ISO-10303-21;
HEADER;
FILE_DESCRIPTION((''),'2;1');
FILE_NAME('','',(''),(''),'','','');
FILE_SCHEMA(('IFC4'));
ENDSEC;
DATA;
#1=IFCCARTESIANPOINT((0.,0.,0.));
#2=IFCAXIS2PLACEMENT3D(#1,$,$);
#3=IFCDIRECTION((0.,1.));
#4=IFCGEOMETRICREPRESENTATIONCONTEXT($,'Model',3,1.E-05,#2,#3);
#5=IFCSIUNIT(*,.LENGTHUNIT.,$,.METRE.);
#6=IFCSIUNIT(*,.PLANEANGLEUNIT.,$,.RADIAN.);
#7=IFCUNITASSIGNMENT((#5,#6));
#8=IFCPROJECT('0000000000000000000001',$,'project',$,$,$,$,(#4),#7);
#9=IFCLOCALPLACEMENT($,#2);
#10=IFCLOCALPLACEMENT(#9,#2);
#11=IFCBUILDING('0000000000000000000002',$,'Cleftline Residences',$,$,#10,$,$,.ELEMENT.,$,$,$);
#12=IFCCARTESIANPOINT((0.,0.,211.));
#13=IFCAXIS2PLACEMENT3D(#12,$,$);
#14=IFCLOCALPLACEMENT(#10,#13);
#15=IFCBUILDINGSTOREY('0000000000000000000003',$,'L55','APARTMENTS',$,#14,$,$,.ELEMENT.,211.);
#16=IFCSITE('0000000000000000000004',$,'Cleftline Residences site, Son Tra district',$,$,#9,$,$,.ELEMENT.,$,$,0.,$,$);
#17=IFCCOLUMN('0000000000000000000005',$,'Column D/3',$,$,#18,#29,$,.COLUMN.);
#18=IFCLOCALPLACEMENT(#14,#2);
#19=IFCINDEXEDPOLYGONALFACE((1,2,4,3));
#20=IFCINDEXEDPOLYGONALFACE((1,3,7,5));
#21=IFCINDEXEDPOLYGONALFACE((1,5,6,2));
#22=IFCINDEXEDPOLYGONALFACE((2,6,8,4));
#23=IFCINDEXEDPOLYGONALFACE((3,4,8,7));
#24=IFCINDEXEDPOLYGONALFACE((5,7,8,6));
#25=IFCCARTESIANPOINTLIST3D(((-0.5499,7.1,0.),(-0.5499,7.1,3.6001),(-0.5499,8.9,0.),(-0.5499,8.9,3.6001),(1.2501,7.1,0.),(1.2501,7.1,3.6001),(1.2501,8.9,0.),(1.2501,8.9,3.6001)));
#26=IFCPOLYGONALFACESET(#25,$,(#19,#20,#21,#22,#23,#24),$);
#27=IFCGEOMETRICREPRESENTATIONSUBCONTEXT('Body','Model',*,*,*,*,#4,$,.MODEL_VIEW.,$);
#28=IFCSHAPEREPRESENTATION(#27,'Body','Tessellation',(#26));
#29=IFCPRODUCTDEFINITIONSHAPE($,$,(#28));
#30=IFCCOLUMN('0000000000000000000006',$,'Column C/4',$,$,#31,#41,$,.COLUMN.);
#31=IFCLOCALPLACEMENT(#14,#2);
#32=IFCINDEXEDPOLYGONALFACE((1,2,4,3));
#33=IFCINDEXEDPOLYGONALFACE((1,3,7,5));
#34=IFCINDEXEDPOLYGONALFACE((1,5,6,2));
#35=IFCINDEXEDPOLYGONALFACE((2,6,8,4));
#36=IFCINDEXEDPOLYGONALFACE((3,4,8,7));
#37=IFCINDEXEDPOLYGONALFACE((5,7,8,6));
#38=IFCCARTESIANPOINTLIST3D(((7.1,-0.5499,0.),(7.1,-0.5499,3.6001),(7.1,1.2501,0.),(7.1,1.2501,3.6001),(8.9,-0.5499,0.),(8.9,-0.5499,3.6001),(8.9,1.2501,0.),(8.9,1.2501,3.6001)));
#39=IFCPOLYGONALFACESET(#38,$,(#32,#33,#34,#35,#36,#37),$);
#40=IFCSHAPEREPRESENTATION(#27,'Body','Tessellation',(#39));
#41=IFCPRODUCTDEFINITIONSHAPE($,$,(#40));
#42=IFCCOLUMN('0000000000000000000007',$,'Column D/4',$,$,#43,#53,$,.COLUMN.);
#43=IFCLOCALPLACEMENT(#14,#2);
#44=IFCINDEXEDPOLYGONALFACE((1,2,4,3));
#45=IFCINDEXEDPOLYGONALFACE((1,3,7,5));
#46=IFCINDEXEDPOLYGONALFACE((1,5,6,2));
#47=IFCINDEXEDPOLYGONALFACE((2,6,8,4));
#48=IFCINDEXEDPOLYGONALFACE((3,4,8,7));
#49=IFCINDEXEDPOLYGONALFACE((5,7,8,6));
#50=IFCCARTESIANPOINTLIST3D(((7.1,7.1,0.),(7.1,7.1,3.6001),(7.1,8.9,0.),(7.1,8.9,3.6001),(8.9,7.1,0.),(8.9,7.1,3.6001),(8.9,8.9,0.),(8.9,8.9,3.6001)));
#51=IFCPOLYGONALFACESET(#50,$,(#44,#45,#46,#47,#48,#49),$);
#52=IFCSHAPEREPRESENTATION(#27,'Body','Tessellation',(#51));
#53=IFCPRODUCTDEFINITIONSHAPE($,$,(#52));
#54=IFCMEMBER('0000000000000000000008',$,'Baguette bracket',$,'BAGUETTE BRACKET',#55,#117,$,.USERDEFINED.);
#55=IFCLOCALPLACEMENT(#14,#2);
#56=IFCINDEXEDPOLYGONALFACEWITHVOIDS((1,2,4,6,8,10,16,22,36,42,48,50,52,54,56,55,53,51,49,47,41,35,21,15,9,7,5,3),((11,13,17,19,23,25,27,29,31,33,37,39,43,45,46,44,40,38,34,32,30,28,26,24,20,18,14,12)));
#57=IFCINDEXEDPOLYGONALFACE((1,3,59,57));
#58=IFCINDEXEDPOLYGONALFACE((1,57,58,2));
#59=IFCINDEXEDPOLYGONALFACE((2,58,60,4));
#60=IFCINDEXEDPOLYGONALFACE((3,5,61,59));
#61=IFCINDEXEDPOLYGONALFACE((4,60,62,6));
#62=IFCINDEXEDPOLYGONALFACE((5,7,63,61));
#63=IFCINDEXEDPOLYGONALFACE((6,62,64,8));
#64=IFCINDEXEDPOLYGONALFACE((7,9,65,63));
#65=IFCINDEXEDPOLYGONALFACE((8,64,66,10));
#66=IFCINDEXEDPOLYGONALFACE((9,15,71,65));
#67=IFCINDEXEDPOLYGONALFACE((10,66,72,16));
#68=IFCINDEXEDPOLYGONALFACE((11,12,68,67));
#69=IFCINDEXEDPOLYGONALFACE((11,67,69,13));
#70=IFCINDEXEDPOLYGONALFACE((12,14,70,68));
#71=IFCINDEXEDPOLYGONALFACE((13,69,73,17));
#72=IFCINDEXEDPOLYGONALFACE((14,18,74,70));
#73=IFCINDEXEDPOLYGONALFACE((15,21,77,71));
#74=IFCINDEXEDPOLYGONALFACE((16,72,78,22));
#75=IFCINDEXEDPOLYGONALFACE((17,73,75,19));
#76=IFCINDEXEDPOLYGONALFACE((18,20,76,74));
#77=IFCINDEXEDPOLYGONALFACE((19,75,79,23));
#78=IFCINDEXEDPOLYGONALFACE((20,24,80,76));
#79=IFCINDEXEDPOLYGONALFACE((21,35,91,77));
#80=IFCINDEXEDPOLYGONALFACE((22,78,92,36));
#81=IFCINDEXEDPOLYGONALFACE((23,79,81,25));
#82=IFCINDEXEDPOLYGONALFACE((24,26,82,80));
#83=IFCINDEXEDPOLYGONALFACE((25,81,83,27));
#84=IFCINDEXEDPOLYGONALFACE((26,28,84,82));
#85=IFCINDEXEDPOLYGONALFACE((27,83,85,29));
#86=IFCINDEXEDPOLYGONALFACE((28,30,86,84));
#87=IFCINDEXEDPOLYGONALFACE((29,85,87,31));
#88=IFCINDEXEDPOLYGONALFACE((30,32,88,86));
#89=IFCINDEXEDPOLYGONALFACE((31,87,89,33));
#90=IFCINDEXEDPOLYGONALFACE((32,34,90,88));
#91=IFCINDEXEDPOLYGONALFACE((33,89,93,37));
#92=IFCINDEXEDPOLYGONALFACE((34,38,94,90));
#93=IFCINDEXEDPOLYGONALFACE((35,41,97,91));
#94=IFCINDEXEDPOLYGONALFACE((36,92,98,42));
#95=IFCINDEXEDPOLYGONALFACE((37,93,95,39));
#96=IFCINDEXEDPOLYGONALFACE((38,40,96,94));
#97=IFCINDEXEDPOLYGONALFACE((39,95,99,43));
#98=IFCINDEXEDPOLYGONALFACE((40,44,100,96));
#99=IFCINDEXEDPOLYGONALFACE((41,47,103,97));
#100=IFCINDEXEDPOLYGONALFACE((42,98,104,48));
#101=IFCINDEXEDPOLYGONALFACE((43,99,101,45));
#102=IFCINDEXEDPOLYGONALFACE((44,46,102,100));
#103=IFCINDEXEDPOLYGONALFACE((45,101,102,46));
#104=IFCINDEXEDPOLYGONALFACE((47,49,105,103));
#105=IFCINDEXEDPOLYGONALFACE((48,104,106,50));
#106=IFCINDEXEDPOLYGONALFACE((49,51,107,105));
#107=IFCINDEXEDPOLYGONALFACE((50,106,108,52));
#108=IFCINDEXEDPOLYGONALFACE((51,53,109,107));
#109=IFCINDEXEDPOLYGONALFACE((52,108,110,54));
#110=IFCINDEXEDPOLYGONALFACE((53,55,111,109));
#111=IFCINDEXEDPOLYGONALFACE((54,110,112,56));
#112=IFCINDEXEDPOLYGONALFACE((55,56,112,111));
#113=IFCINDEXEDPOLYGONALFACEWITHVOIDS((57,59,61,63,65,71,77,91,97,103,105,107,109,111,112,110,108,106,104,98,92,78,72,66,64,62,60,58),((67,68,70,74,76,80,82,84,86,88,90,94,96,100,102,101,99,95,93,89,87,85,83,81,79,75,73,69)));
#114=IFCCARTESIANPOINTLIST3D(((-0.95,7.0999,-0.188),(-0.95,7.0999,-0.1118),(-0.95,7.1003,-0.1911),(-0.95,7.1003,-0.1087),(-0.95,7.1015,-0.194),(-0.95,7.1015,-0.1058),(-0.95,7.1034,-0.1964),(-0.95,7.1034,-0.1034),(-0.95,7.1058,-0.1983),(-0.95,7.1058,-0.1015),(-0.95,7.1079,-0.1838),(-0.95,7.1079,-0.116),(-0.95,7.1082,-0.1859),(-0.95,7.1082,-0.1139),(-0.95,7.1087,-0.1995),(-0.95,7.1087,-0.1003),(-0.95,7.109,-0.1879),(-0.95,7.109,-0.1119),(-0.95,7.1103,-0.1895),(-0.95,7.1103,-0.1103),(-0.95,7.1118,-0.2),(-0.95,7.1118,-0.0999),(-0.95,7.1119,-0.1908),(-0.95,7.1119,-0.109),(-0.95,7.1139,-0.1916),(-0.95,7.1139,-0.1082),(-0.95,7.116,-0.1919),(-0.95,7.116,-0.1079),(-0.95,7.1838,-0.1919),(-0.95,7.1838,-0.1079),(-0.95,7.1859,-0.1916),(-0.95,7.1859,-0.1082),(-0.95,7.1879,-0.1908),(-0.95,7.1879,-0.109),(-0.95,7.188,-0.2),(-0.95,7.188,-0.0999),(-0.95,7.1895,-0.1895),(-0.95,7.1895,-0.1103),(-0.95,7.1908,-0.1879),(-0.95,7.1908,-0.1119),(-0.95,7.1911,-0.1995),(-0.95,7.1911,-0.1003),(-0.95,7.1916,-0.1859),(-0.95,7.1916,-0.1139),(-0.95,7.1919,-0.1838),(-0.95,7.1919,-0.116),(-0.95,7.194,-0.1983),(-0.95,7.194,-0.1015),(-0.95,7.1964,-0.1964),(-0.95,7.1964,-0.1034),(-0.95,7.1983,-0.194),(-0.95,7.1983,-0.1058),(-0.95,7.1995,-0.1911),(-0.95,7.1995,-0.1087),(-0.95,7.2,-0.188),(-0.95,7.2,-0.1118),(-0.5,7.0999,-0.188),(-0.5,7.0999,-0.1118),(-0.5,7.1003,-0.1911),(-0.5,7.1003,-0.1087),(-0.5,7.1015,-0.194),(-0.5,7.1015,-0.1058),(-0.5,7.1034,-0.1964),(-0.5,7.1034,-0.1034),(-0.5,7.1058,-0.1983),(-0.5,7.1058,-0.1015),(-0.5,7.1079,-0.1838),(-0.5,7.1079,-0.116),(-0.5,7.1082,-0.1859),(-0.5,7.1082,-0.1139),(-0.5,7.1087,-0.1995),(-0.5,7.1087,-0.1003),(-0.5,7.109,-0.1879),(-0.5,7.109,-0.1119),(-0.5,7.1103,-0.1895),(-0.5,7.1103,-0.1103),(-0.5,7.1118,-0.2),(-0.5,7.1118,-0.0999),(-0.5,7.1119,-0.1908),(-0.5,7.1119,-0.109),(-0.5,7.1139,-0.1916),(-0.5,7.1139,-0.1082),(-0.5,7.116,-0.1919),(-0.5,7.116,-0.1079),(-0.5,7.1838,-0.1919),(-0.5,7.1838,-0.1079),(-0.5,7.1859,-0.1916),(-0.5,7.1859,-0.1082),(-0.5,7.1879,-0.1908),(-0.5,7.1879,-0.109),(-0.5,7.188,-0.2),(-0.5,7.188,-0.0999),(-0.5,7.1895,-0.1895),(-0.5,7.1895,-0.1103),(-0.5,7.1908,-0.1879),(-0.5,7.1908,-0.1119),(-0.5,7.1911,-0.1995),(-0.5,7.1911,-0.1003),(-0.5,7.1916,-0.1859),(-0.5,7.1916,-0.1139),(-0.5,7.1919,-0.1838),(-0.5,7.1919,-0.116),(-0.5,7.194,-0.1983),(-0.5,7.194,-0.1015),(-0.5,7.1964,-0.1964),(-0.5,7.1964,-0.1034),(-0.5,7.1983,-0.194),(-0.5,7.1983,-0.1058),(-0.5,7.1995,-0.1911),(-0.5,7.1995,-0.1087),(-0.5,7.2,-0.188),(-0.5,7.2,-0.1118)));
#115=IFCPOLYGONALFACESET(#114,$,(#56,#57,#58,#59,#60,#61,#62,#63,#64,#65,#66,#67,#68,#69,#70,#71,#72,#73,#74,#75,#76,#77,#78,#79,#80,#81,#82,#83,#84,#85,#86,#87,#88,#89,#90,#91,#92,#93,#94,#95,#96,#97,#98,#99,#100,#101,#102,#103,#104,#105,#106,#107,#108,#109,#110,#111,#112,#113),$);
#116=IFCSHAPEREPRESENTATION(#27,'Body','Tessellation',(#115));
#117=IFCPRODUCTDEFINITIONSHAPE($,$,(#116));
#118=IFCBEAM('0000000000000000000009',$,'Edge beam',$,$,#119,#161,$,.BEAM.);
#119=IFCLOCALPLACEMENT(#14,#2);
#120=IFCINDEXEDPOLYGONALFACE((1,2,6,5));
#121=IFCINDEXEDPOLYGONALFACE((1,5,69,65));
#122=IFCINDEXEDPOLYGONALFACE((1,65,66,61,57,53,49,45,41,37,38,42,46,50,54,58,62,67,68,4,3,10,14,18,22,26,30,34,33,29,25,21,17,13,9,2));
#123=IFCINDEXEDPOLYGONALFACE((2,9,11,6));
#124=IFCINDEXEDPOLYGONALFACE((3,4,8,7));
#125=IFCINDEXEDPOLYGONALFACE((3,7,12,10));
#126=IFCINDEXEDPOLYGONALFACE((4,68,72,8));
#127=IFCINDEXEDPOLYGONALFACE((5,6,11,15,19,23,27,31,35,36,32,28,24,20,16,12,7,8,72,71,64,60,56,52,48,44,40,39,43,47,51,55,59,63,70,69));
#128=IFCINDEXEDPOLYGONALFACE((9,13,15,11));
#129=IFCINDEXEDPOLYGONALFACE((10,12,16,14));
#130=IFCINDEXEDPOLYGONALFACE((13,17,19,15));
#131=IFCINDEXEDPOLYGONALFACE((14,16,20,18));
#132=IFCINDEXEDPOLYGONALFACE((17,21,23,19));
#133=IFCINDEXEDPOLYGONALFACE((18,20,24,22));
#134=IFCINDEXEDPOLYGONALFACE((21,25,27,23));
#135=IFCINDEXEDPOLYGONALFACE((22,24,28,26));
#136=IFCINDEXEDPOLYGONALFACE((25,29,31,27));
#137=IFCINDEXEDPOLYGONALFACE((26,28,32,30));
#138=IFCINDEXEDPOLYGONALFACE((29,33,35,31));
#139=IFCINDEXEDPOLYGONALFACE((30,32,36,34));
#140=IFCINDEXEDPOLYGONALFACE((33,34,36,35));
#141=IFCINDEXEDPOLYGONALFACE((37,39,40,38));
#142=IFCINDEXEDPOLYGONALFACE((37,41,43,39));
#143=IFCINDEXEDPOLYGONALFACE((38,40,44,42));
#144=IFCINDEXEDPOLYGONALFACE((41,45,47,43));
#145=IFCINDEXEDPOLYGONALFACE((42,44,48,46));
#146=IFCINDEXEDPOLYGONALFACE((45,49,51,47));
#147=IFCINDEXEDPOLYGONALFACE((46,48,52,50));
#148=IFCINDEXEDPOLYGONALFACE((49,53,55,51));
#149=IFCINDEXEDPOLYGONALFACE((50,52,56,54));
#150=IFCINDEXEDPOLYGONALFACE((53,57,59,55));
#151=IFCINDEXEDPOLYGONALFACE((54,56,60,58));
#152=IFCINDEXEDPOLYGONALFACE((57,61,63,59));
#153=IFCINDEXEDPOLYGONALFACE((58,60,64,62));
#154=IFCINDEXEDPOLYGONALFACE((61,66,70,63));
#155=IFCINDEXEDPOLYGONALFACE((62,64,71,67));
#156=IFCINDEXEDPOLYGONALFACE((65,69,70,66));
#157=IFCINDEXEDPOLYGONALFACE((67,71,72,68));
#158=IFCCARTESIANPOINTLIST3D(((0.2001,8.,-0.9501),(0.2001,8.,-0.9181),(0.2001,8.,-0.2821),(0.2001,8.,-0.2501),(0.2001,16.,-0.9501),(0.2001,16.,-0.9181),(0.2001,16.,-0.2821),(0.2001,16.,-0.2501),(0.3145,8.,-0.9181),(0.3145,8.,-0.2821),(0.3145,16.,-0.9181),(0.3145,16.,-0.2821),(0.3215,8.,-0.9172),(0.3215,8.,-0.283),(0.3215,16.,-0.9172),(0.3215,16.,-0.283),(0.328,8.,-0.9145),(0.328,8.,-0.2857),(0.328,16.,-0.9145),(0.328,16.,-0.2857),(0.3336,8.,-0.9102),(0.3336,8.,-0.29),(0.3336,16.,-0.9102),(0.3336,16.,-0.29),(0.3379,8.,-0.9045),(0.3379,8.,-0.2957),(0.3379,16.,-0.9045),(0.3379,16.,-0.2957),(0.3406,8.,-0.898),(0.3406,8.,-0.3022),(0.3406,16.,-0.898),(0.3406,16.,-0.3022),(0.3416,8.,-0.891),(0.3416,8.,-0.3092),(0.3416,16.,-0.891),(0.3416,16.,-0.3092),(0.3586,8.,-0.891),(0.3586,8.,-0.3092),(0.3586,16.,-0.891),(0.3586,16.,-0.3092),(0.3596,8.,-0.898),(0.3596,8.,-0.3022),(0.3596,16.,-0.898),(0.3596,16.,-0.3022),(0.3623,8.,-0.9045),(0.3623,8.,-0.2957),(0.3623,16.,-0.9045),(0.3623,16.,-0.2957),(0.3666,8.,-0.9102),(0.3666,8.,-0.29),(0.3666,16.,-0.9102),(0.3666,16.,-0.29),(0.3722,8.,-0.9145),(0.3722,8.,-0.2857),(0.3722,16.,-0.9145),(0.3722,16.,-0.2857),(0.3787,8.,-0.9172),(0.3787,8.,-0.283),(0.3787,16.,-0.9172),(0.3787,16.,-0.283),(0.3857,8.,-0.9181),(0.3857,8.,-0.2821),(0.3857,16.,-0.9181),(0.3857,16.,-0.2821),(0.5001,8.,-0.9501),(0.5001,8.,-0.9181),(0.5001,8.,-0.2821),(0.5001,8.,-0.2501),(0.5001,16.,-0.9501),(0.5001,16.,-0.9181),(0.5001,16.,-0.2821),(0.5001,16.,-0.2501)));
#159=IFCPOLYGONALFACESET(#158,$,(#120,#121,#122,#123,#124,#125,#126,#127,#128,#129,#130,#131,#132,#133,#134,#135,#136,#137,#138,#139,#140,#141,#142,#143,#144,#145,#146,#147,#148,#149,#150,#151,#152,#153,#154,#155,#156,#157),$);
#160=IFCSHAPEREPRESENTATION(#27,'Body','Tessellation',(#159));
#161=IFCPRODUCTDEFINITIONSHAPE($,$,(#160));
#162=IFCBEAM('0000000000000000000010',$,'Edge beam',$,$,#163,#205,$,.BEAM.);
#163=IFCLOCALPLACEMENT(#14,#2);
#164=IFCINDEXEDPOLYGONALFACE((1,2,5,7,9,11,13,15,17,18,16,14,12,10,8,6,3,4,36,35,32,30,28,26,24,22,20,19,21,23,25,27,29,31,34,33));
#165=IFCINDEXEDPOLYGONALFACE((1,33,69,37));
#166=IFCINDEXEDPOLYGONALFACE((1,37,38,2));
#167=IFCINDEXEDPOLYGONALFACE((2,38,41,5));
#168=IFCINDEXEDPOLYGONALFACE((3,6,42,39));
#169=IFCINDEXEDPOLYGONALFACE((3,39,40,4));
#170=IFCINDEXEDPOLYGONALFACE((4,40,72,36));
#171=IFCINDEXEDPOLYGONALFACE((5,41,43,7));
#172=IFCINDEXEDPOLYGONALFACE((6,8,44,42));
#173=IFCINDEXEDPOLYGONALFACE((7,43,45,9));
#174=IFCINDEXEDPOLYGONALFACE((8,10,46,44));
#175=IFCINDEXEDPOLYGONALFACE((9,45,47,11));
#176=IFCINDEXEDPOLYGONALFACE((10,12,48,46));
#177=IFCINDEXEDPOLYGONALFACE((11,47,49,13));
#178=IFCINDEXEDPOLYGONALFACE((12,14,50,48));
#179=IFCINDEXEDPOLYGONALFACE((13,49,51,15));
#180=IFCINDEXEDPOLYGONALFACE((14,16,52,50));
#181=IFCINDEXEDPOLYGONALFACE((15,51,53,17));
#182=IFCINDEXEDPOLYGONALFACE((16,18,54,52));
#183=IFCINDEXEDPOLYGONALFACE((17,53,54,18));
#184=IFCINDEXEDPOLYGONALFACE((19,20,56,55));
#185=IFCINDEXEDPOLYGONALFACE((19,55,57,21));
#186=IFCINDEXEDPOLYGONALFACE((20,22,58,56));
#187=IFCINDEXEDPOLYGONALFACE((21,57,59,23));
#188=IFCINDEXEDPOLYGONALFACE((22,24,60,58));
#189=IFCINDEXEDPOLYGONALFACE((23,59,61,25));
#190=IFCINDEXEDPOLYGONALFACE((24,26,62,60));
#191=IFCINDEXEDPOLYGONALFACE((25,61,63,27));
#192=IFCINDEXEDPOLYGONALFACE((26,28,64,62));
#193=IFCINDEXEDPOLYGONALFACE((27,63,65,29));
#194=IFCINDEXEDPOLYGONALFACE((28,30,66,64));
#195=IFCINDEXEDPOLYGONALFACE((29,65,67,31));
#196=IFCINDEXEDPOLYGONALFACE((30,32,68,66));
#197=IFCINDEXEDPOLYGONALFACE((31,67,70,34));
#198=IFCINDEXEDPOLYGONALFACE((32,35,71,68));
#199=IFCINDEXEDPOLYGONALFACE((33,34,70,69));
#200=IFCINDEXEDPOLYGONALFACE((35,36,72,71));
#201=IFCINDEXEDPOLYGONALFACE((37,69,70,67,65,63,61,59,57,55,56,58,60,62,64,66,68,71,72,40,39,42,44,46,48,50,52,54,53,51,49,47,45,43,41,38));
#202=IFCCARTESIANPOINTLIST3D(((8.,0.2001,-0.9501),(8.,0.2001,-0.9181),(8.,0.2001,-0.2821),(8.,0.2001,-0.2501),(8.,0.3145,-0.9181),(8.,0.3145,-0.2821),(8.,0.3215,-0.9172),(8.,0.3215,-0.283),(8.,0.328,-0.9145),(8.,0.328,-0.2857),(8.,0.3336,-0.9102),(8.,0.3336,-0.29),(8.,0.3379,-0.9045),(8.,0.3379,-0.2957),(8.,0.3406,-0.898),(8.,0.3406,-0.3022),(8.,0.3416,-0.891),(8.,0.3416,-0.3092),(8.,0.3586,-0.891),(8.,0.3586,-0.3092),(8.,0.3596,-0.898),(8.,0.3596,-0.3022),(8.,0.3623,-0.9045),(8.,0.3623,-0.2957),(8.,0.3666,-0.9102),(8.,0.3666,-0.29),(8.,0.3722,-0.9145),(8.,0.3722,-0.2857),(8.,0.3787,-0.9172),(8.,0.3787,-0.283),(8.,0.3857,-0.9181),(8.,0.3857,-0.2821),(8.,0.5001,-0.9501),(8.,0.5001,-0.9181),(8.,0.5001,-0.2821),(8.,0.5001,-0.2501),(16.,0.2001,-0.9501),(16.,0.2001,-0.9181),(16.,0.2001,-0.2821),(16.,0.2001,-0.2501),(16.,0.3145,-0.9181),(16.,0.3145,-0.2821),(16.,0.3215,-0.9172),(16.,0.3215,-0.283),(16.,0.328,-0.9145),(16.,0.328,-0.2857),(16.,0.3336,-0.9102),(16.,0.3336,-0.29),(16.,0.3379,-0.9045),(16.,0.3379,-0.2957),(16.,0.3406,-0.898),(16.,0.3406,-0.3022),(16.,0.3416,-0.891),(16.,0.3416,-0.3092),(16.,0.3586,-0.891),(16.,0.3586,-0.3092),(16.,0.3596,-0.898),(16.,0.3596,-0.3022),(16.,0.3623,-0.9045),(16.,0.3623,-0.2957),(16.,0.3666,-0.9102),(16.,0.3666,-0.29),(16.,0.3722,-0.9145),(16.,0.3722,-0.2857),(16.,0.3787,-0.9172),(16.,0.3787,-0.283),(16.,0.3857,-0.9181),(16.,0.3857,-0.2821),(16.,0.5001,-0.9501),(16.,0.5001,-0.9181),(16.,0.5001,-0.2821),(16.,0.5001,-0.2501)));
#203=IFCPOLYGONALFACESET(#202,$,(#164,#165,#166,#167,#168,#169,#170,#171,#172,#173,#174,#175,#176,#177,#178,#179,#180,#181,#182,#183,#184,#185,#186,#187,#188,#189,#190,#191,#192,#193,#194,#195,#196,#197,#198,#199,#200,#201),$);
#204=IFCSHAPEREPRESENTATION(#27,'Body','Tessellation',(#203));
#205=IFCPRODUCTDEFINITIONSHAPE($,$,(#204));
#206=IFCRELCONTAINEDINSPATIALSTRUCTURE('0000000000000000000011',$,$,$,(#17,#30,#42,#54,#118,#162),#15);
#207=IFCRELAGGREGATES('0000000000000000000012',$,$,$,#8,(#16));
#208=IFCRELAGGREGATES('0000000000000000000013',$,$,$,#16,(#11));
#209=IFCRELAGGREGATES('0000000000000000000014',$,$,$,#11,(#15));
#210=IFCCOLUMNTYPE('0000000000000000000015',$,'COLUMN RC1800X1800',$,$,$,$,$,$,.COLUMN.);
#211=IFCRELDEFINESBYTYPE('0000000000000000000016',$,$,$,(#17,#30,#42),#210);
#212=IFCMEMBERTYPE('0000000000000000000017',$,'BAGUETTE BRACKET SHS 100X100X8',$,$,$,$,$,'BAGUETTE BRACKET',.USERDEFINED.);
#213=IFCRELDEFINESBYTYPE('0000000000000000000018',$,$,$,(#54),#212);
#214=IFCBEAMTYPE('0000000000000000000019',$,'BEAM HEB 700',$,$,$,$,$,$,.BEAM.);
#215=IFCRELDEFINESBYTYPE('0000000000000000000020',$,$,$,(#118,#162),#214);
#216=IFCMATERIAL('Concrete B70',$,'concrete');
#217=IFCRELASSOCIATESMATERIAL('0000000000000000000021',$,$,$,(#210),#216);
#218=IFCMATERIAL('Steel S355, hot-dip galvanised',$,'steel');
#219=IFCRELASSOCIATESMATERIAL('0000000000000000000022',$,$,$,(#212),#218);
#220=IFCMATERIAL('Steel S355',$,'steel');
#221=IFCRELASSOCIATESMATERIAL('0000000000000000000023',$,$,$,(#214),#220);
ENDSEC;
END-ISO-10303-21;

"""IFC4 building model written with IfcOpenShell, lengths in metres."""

from ifc_helpers import new_model, si_unit, direction, frame, origin, origin_2d, place, context, subcontext, project, spatial, rectangle, hollow_rectangle, i_section, extrude, material, material_profile, profile_set, type_object, element, save


model = new_model("IFC4")

# Units and contexts
model_context = context("Model", 3, precision=1e-05, world=origin(), true_north=direction((0.0, 1.0)))
body_context = subcontext(model_context, "Body", "Model", "MODEL_VIEW")
ifc_project = project(units=[si_unit("LENGTHUNIT", "METRE"), si_unit("PLANEANGLEUNIT", "RADIAN")], contexts=[model_context])

# Site, building, storey
site_placement = place(None, origin())
site = spatial("IfcSite", under=ifc_project, at=site_placement, Name="Cleftline Residences site, Son Tra district", CompositionType="ELEMENT", RefElevation=0.0)
building_placement = place(site_placement, origin())
building = spatial("IfcBuilding", under=site, at=building_placement, Name="Cleftline Residences", CompositionType="ELEMENT")
storey_placement = place(building_placement, frame((0.0, 0.0, 211.0)))
storey = spatial("IfcBuildingStorey", under=building, at=storey_placement, Name="L55", Description="APARTMENTS", CompositionType="ELEMENT", Elevation=211.0)

# Columns
ifc_material_1 = material(Name="Concrete B70", Category="concrete")
ifc_material_profile_1 = material_profile(ifc_material_1, rectangle(XDim=1.8, YDim=1.8, at=origin_2d()))
ifc_profile_set_1 = profile_set([ifc_material_profile_1], Name="Concrete B70")
column_type = type_object("IfcColumnType", Name="COLUMN RC1800X1800", PredefinedType="COLUMN", material=ifc_profile_set_1)
for number, where, z_axis, x_axis, name in (
    (1, (0.3501, 8.0, 0.0), (0.0, 0.0, 1.0), (1.0, 0.0, 0.0), "Column D/3"),
    (2, (8.0, 0.3501, 0.0), (0.0, 0.0, 1.0), (1.0, 0.0, 0.0), "Column C/4"),
    (3, (8.0, 8.0, 0.0), (0.0, 0.0, 1.0), (1.0, 0.0, 0.0), "Column D/4"),
):
    element("IfcColumn", number, at=place(storey_placement, frame(where, z_axis=z_axis, x_axis=x_axis)), inside=storey, type_object=column_type, Name=name, PredefinedType="COLUMN", context=body_context, shape_type="SweptSolid", body=[
        extrude(rectangle(XDim=1.8, YDim=1.8, at=origin_2d()), origin(), (0.0, 0.0, 1.0), 3.6001),
    ])

# Member
ifc_material_2 = material(Name="Steel S355, hot-dip galvanised", Category="steel")
ifc_material_profile_2 = material_profile(ifc_material_2, hollow_rectangle(XDim=0.1001, YDim=0.1001, WallThickness=0.0081, InnerFilletRadius=0.0081, OuterFilletRadius=0.012, at=origin_2d()))
ifc_profile_set_2 = profile_set([ifc_material_profile_2], Name="Steel S355, hot-dip galvanised")
member_type_1 = type_object("IfcMemberType", Name="BAGUETTE BRACKET SHS 100X100X8", ElementType="BAGUETTE BRACKET", PredefinedType="USERDEFINED", material=ifc_profile_set_2)
member_placement = place(storey_placement, frame((-0.5, 7.1499, -0.1499), z_axis=(-1.0, 0.0, 0.0), x_axis=(0.0, -1.0, 0.0)))
element("IfcMember", 4, at=member_placement, inside=storey, type_object=member_type_1, Name="Baguette bracket", ObjectType="BAGUETTE BRACKET", PredefinedType="USERDEFINED", context=body_context, shape_type="SweptSolid", body=[
    extrude(hollow_rectangle(XDim=0.1001, YDim=0.1001, WallThickness=0.0081, InnerFilletRadius=0.0081, OuterFilletRadius=0.012, at=origin_2d()), origin(), (0.0, 0.0, 1.0), 0.45),
])

# Beams
ifc_material_3 = material(Name="Steel S355", Category="steel")
ifc_material_profile_3 = material_profile(ifc_material_3, i_section(OverallWidth=0.3, OverallDepth=0.7, WebThickness=0.0171, FlangeThickness=0.032, FilletRadius=0.0271, at=origin_2d()))
ifc_profile_set_3 = profile_set([ifc_material_profile_3], Name="Steel S355")
beam_type = type_object("IfcBeamType", Name="BEAM HEB 700", PredefinedType="BEAM", material=ifc_profile_set_3)
for number, where, z_axis, x_axis, name in (
    (5, (0.3501, 8.0, -0.6001), (0.0, 1.0, 0.0), (-1.0, 0.0, 0.0), "Edge beam"),
    (6, (8.0, 0.3501, -0.6001), (1.0, 0.0, 0.0), (0.0, 1.0, 0.0), "Edge beam"),
):
    element("IfcBeam", number, at=place(storey_placement, frame(where, z_axis=z_axis, x_axis=x_axis)), inside=storey, type_object=beam_type, Name=name, PredefinedType="BEAM", context=body_context, shape_type="SweptSolid", body=[
        extrude(i_section(OverallWidth=0.3, OverallDepth=0.7, WebThickness=0.0171, FlangeThickness=0.032, FilletRadius=0.0271, at=origin_2d()), origin(), (0.0, 0.0, 1.0), 8.0),
    ])

save(model, "model.ifc")
